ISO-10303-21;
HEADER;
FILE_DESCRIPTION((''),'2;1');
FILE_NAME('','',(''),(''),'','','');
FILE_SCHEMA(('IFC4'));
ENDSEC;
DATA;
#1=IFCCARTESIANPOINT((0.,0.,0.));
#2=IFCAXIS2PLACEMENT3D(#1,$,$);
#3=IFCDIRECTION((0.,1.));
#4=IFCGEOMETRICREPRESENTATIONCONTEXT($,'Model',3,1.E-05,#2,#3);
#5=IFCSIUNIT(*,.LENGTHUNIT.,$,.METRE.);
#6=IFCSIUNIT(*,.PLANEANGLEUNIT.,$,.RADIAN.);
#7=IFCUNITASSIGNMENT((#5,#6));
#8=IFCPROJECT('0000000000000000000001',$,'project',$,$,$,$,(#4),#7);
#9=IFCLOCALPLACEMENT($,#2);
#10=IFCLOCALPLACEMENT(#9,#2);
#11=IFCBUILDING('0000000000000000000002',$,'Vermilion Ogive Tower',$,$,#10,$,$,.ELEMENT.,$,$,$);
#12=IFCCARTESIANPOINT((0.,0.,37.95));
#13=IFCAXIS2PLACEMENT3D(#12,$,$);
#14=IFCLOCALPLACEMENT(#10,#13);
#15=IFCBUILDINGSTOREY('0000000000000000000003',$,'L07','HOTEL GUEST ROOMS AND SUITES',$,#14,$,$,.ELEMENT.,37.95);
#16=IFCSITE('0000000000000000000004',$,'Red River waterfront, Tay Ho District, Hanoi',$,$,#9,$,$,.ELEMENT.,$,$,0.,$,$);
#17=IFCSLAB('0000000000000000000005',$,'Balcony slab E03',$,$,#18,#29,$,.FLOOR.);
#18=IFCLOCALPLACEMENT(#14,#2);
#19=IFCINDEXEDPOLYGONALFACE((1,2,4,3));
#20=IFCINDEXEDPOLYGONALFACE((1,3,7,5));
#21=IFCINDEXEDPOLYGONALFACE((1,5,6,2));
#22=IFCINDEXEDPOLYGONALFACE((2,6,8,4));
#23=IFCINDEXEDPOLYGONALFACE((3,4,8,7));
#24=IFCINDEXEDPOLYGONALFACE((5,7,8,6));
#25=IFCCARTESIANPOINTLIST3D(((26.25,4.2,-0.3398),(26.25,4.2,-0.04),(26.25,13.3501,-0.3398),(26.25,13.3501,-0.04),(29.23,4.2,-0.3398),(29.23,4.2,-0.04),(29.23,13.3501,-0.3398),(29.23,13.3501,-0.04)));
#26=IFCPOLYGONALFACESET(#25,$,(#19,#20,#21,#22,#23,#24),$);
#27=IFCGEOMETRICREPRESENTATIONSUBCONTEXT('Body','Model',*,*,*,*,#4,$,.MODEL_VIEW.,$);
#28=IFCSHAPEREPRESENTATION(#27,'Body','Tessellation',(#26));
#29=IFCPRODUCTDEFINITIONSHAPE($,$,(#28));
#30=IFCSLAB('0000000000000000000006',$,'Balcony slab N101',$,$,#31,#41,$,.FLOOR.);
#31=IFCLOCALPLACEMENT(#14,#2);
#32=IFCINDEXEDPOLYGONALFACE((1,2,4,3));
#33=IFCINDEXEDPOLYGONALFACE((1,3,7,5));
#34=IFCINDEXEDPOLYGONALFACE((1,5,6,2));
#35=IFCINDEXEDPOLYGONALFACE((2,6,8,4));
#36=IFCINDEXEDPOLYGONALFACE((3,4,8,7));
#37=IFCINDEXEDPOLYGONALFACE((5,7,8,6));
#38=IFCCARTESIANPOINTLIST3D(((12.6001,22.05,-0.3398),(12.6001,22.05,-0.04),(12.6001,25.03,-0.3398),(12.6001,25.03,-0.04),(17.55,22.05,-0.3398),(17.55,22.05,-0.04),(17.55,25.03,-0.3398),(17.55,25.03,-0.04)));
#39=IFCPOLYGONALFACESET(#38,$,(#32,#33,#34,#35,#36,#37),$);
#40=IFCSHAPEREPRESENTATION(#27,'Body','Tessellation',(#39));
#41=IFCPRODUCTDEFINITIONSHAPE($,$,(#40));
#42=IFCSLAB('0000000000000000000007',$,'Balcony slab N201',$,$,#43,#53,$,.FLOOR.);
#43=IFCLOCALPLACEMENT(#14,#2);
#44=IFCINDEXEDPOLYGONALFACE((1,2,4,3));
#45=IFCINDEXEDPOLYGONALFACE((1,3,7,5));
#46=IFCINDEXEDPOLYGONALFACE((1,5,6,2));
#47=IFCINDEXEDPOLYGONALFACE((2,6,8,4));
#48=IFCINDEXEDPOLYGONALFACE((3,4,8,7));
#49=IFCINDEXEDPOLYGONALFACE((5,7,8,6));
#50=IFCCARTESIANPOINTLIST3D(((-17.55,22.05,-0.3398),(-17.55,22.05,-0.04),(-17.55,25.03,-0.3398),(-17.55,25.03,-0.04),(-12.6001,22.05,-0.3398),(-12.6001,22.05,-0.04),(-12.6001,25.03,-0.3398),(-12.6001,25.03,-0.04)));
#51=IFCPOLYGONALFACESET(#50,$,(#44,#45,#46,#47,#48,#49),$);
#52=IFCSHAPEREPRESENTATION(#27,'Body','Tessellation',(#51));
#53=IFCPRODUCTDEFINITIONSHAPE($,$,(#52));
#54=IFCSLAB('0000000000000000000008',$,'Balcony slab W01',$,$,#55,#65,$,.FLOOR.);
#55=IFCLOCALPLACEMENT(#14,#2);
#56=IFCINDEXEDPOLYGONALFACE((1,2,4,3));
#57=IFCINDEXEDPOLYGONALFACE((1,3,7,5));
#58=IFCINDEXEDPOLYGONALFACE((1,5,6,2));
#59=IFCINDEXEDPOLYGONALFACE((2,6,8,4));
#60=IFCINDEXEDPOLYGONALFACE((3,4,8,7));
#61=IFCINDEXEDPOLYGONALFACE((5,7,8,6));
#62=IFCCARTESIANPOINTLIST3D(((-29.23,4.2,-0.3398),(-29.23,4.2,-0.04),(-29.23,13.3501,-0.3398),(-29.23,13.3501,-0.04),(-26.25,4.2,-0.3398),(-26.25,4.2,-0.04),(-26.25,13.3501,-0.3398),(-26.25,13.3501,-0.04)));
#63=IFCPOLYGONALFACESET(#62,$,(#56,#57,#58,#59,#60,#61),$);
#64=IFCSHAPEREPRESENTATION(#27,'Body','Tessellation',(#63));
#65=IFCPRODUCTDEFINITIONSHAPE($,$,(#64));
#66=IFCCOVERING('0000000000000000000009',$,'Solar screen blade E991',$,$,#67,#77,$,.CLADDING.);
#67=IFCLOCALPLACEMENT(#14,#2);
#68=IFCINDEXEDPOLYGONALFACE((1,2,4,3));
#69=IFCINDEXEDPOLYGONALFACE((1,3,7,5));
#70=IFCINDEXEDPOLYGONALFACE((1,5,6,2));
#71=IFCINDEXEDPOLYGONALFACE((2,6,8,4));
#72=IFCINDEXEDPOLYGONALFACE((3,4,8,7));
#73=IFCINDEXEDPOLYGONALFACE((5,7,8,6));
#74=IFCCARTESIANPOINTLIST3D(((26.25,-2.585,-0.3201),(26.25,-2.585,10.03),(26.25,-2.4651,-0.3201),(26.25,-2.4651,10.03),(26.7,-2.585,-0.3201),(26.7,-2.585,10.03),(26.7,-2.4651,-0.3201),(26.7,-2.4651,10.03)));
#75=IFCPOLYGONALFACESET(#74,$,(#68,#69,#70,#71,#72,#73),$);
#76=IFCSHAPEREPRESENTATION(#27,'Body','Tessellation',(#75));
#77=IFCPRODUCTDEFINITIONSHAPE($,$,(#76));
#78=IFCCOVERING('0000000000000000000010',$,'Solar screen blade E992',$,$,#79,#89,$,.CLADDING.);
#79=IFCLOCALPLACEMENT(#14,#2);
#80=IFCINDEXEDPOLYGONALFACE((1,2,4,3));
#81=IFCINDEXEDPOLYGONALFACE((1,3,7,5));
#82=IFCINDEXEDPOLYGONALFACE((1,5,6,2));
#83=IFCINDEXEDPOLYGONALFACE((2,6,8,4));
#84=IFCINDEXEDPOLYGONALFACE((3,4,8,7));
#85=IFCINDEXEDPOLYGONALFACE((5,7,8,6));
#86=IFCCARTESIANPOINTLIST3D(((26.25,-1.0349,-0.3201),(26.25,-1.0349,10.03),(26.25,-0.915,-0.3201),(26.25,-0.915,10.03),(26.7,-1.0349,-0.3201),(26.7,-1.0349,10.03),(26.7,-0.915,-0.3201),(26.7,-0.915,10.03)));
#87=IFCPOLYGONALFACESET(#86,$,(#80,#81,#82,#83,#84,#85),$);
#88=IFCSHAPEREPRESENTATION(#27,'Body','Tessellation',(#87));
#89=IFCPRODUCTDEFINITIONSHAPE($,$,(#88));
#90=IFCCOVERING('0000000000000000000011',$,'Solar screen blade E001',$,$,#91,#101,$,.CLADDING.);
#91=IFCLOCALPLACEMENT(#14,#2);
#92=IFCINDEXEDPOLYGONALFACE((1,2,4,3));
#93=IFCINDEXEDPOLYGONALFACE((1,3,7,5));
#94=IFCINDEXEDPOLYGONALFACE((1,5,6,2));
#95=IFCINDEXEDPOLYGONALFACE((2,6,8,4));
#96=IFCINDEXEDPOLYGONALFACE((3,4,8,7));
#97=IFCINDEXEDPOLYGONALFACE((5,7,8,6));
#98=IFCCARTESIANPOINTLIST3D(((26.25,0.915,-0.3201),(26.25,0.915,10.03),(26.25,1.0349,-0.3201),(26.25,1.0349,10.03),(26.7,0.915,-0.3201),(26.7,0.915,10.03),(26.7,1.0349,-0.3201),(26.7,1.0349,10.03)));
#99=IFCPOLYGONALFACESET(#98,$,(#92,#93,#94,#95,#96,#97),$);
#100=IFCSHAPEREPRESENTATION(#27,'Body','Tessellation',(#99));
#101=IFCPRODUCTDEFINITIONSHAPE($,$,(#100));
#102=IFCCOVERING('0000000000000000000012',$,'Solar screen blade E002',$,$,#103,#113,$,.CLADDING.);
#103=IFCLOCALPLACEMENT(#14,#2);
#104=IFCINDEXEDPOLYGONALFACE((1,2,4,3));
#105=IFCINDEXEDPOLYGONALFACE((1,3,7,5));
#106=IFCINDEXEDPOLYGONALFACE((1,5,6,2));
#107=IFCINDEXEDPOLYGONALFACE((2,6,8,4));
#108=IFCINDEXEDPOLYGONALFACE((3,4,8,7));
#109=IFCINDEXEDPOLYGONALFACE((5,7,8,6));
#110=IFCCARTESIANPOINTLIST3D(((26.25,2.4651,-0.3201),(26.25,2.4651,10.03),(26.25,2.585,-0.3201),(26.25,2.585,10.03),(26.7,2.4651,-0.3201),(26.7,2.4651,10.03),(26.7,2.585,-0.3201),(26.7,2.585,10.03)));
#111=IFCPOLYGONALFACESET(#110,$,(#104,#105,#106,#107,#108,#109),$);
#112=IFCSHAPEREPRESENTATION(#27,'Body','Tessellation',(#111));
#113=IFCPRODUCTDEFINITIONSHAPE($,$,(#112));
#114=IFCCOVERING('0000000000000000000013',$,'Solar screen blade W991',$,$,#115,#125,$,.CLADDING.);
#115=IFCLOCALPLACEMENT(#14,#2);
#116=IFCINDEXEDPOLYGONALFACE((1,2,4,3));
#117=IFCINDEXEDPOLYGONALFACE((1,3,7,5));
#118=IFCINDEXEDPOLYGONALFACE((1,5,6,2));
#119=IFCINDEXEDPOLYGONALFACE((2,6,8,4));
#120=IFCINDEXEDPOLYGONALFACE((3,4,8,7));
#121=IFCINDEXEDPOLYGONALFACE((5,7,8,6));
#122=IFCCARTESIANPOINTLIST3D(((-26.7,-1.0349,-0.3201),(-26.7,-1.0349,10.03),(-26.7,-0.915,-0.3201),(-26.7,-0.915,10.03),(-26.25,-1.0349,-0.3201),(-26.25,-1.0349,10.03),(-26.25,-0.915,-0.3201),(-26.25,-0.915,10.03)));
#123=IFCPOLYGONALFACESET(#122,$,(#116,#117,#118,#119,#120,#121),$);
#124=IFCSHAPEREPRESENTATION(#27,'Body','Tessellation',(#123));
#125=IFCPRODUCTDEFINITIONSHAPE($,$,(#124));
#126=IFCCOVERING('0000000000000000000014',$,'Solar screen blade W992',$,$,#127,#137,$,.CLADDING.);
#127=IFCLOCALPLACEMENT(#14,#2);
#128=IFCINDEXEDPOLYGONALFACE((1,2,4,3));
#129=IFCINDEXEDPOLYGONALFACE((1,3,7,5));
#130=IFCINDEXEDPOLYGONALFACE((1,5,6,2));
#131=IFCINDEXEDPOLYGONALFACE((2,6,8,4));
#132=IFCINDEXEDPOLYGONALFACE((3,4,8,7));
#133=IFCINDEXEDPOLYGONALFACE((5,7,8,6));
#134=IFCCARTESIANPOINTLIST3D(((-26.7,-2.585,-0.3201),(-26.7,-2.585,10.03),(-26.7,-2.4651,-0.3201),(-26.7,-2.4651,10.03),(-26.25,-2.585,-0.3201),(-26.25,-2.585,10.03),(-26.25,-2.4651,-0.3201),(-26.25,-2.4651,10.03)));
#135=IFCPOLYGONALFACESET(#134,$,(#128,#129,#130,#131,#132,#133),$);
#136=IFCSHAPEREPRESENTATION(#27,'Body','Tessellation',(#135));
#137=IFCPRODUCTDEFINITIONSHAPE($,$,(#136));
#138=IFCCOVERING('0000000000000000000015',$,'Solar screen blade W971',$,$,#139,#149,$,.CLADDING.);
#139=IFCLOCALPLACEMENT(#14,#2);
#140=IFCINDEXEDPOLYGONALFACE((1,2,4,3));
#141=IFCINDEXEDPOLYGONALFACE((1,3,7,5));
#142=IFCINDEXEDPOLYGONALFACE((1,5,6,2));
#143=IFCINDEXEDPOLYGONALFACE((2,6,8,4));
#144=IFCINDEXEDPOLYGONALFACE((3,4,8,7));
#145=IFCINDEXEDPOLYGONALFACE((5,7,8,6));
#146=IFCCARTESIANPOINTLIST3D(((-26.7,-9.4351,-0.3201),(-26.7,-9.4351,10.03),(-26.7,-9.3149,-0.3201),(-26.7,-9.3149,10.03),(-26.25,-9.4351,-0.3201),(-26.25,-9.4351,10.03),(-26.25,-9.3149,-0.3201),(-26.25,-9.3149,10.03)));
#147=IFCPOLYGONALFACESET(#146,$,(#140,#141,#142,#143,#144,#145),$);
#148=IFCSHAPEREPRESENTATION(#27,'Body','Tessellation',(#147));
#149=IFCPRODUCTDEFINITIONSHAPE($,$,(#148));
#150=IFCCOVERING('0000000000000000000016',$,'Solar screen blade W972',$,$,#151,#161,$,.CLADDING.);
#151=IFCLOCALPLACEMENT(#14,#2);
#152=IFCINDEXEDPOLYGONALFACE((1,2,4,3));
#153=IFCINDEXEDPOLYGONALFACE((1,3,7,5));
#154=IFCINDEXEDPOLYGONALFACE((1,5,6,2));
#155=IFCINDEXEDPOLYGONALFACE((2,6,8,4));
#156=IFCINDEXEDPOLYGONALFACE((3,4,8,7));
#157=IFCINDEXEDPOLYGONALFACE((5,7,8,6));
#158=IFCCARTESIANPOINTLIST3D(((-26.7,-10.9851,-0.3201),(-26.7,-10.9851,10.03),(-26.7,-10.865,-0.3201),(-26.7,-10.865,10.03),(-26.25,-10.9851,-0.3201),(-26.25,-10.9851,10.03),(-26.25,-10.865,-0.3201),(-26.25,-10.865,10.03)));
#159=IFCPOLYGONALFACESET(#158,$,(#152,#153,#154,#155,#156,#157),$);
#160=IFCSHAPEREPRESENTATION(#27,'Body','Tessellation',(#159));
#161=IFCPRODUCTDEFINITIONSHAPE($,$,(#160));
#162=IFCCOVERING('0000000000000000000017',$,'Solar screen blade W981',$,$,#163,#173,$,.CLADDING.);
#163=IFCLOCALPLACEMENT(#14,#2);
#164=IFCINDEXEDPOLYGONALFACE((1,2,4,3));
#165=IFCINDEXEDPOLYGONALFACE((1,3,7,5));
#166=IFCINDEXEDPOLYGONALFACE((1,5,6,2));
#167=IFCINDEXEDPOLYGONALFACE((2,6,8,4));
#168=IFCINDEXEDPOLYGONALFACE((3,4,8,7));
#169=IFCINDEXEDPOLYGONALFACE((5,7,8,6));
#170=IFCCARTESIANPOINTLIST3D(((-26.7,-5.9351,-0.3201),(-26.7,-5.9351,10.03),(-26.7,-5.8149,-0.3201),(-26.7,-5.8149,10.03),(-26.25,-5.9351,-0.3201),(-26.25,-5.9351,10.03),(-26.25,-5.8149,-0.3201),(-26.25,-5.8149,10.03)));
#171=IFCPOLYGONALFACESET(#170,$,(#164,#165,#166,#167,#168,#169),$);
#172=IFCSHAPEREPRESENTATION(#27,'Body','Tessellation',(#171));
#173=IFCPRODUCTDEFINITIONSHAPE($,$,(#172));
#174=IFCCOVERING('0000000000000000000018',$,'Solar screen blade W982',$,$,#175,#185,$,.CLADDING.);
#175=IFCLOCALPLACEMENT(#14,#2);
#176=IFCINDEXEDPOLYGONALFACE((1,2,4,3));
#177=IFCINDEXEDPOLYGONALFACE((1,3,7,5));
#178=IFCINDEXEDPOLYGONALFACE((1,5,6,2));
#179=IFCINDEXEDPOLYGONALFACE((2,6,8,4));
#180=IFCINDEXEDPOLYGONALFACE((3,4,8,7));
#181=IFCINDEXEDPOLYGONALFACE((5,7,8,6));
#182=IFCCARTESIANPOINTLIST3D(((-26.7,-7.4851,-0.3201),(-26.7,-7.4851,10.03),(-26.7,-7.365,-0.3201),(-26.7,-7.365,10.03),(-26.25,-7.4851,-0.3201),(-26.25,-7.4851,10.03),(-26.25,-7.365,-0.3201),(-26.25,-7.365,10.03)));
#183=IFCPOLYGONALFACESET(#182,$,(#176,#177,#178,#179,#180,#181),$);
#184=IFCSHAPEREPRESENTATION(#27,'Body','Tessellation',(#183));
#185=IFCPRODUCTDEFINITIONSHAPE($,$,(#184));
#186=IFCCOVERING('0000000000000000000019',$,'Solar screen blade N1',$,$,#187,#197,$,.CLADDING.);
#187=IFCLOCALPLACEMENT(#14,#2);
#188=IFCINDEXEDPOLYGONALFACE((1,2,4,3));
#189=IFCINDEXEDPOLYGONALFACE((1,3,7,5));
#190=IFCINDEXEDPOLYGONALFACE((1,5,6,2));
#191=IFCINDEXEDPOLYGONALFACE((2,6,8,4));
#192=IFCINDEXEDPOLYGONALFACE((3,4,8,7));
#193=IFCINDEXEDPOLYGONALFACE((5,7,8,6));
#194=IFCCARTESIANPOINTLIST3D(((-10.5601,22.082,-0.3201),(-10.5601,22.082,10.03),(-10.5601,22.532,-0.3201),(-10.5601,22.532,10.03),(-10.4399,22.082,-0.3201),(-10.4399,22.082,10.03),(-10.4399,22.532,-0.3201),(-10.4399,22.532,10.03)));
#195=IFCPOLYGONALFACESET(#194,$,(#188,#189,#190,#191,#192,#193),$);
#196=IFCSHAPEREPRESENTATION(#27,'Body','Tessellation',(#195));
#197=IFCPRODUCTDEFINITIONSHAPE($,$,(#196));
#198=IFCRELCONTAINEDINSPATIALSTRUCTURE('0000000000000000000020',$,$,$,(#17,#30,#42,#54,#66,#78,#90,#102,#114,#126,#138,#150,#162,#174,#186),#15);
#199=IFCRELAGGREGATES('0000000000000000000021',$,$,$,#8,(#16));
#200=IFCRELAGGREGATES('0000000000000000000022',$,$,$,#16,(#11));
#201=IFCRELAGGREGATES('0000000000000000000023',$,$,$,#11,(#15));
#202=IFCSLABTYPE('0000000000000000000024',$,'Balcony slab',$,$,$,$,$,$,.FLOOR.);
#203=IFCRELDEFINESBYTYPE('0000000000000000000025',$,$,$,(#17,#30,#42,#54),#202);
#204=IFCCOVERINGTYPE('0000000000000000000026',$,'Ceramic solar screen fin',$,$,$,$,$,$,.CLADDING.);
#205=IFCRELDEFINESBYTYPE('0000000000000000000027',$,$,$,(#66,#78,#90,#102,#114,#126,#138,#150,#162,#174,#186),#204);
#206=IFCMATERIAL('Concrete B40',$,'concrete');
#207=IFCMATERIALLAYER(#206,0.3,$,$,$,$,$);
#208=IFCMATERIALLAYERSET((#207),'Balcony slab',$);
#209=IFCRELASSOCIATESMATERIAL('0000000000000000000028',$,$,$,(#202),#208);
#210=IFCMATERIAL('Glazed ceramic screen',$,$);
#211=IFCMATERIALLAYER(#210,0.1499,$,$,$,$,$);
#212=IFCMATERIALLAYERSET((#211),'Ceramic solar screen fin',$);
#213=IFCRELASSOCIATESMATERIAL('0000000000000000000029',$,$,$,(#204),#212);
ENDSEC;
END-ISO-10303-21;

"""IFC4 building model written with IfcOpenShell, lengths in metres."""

from ifc_helpers import new_model, si_unit, direction, frame, origin, place, context, subcontext, project, spatial, polyline, outline, extrude, material, layer, layer_set, type_object, element, save


model = new_model("IFC4")

# Units and contexts
model_context = context("Model", 3, precision=1e-05, world=origin(), true_north=direction((0.0, 1.0)))
body_context = subcontext(model_context, "Body", "Model", "MODEL_VIEW")
ifc_project = project(units=[si_unit("LENGTHUNIT", "METRE"), si_unit("PLANEANGLEUNIT", "RADIAN")], contexts=[model_context])

# Site, building, storey
site_placement = place(None, origin())
site = spatial("IfcSite", under=ifc_project, at=site_placement, Name="Red River waterfront, Tay Ho District, Hanoi", CompositionType="ELEMENT", RefElevation=0.0)
building_placement = place(site_placement, origin())
building = spatial("IfcBuilding", under=site, at=building_placement, Name="Vermilion Ogive Tower", CompositionType="ELEMENT")
storey_placement = place(building_placement, frame((0.0, 0.0, 37.95)))
storey = spatial("IfcBuildingStorey", under=building, at=storey_placement, Name="L07", Description="HOTEL GUEST ROOMS AND SUITES", CompositionType="ELEMENT", Elevation=37.95)

# Slabs
ifc_material_1 = material(Name="Concrete B40", Category="concrete")
ifc_layer_1 = layer(ifc_material_1, 0.3)
ifc_layer_set_1 = layer_set([ifc_layer_1], Name="Balcony slab")
slab_type = type_object("IfcSlabType", Name="Balcony slab", PredefinedType="FLOOR", material=ifc_layer_set_1)
slab_1_placement = place(storey_placement, frame((0.0, 0.0, -0.3398)))
element("IfcSlab", 1, at=slab_1_placement, inside=storey, type_object=slab_type, Name="Balcony slab E03", PredefinedType="FLOOR", context=body_context, shape_type="SweptSolid", body=[
    extrude(outline(polyline([(29.23, 4.2), (29.23, 13.3501), (26.25, 13.3501), (26.25, 4.2), (29.23, 4.2)])), origin(), (0.0, 0.0, 1.0), 0.2998),
])
slab_2_placement = place(storey_placement, frame((0.0, 0.0, -0.3398)))
element("IfcSlab", 2, at=slab_2_placement, inside=storey, type_object=slab_type, Name="Balcony slab N101", PredefinedType="FLOOR", context=body_context, shape_type="SweptSolid", body=[
    extrude(outline(polyline([(17.55, 25.03), (12.6001, 25.03), (12.6001, 22.05), (17.55, 22.05), (17.55, 25.03)])), origin(), (0.0, 0.0, 1.0), 0.2998),
])
slab_3_placement = place(storey_placement, frame((0.0, 0.0, -0.3398)))
element("IfcSlab", 3, at=slab_3_placement, inside=storey, type_object=slab_type, Name="Balcony slab N201", PredefinedType="FLOOR", context=body_context, shape_type="SweptSolid", body=[
    extrude(outline(polyline([(-12.6001, 25.03), (-17.55, 25.03), (-17.55, 22.05), (-12.6001, 22.05), (-12.6001, 25.03)])), origin(), (0.0, 0.0, 1.0), 0.2998),
])
slab_4_placement = place(storey_placement, frame((0.0, 0.0, -0.3398)))
element("IfcSlab", 4, at=slab_4_placement, inside=storey, type_object=slab_type, Name="Balcony slab W01", PredefinedType="FLOOR", context=body_context, shape_type="SweptSolid", body=[
    extrude(outline(polyline([(-29.23, 13.3501), (-29.23, 4.2), (-26.25, 4.2), (-26.25, 13.3501), (-29.23, 13.3501)])), origin(), (0.0, 0.0, 1.0), 0.2998),
])

# Coverings
ifc_material_2 = material(Name="Glazed ceramic screen")
ifc_layer_2 = layer(ifc_material_2, 0.1499)
ifc_layer_set_2 = layer_set([ifc_layer_2], Name="Ceramic solar screen fin")
covering_type_1 = type_object("IfcCoveringType", Name="Ceramic solar screen fin", PredefinedType="CLADDING", material=ifc_layer_set_2)
covering_1_placement = place(storey_placement, frame((0.0, 0.0, -0.3201)))
element("IfcCovering", 5, at=covering_1_placement, inside=storey, type_object=covering_type_1, Name="Solar screen blade E991", PredefinedType="CLADDING", context=body_context, shape_type="SweptSolid", body=[
    extrude(outline(polyline([(26.7, -2.585), (26.7, -2.4651), (26.25, -2.4651), (26.25, -2.585), (26.7, -2.585)])), origin(), (0.0, 0.0, 1.0), 10.3501),
])
covering_2_placement = place(storey_placement, frame((0.0, 0.0, -0.3201)))
element("IfcCovering", 6, at=covering_2_placement, inside=storey, type_object=covering_type_1, Name="Solar screen blade E992", PredefinedType="CLADDING", context=body_context, shape_type="SweptSolid", body=[
    extrude(outline(polyline([(26.7, -1.0349), (26.7, -0.915), (26.25, -0.915), (26.25, -1.0349), (26.7, -1.0349)])), origin(), (0.0, 0.0, 1.0), 10.3501),
])
covering_3_placement = place(storey_placement, frame((0.0, 0.0, -0.3201)))
element("IfcCovering", 7, at=covering_3_placement, inside=storey, type_object=covering_type_1, Name="Solar screen blade E001", PredefinedType="CLADDING", context=body_context, shape_type="SweptSolid", body=[
    extrude(outline(polyline([(26.7, 0.915), (26.7, 1.0349), (26.25, 1.0349), (26.25, 0.915), (26.7, 0.915)])), origin(), (0.0, 0.0, 1.0), 10.3501),
])
covering_4_placement = place(storey_placement, frame((0.0, 0.0, -0.3201)))
element("IfcCovering", 8, at=covering_4_placement, inside=storey, type_object=covering_type_1, Name="Solar screen blade E002", PredefinedType="CLADDING", context=body_context, shape_type="SweptSolid", body=[
    extrude(outline(polyline([(26.7, 2.4651), (26.7, 2.585), (26.25, 2.585), (26.25, 2.4651), (26.7, 2.4651)])), origin(), (0.0, 0.0, 1.0), 10.3501),
])
covering_5_placement = place(storey_placement, frame((0.0, 0.0, -0.3201)))
element("IfcCovering", 9, at=covering_5_placement, inside=storey, type_object=covering_type_1, Name="Solar screen blade W991", PredefinedType="CLADDING", context=body_context, shape_type="SweptSolid", body=[
    extrude(outline(polyline([(-26.7, -0.915), (-26.7, -1.0349), (-26.25, -1.0349), (-26.25, -0.915), (-26.7, -0.915)])), origin(), (0.0, 0.0, 1.0), 10.3501),
])
covering_6_placement = place(storey_placement, frame((0.0, 0.0, -0.3201)))
element("IfcCovering", 10, at=covering_6_placement, inside=storey, type_object=covering_type_1, Name="Solar screen blade W992", PredefinedType="CLADDING", context=body_context, shape_type="SweptSolid", body=[
    extrude(outline(polyline([(-26.7, -2.4651), (-26.7, -2.585), (-26.25, -2.585), (-26.25, -2.4651), (-26.7, -2.4651)])), origin(), (0.0, 0.0, 1.0), 10.3501),
])
covering_7_placement = place(storey_placement, frame((0.0, 0.0, -0.3201)))
element("IfcCovering", 11, at=covering_7_placement, inside=storey, type_object=covering_type_1, Name="Solar screen blade W971", PredefinedType="CLADDING", context=body_context, shape_type="SweptSolid", body=[
    extrude(outline(polyline([(-26.7, -9.3149), (-26.7, -9.4351), (-26.25, -9.4351), (-26.25, -9.3149), (-26.7, -9.3149)])), origin(), (0.0, 0.0, 1.0), 10.3501),
])
covering_8_placement = place(storey_placement, frame((0.0, 0.0, -0.3201)))
element("IfcCovering", 12, at=covering_8_placement, inside=storey, type_object=covering_type_1, Name="Solar screen blade W972", PredefinedType="CLADDING", context=body_context, shape_type="SweptSolid", body=[
    extrude(outline(polyline([(-26.7, -10.865), (-26.7, -10.9851), (-26.25, -10.9851), (-26.25, -10.865), (-26.7, -10.865)])), origin(), (0.0, 0.0, 1.0), 10.3501),
])
covering_9_placement = place(storey_placement, frame((0.0, 0.0, -0.3201)))
element("IfcCovering", 13, at=covering_9_placement, inside=storey, type_object=covering_type_1, Name="Solar screen blade W981", PredefinedType="CLADDING", context=body_context, shape_type="SweptSolid", body=[
    extrude(outline(polyline([(-26.7, -5.8149), (-26.7, -5.9351), (-26.25, -5.9351), (-26.25, -5.8149), (-26.7, -5.8149)])), origin(), (0.0, 0.0, 1.0), 10.3501),
])
covering_10_placement = place(storey_placement, frame((0.0, 0.0, -0.3201)))
element("IfcCovering", 14, at=covering_10_placement, inside=storey, type_object=covering_type_1, Name="Solar screen blade W982", PredefinedType="CLADDING", context=body_context, shape_type="SweptSolid", body=[
    extrude(outline(polyline([(-26.7, -7.365), (-26.7, -7.4851), (-26.25, -7.4851), (-26.25, -7.365), (-26.7, -7.365)])), origin(), (0.0, 0.0, 1.0), 10.3501),
])
covering_11_placement = place(storey_placement, frame((0.0, 0.0, -0.3201)))
element("IfcCovering", 15, at=covering_11_placement, inside=storey, type_object=covering_type_1, Name="Solar screen blade N1", PredefinedType="CLADDING", context=body_context, shape_type="SweptSolid", body=[
    extrude(outline(polyline([(-10.5601, 22.082), (-10.4399, 22.082), (-10.4399, 22.532), (-10.5601, 22.532), (-10.5601, 22.082)])), origin(), (0.0, 0.0, 1.0), 10.3501),
])

save(model, "model.ifc")
